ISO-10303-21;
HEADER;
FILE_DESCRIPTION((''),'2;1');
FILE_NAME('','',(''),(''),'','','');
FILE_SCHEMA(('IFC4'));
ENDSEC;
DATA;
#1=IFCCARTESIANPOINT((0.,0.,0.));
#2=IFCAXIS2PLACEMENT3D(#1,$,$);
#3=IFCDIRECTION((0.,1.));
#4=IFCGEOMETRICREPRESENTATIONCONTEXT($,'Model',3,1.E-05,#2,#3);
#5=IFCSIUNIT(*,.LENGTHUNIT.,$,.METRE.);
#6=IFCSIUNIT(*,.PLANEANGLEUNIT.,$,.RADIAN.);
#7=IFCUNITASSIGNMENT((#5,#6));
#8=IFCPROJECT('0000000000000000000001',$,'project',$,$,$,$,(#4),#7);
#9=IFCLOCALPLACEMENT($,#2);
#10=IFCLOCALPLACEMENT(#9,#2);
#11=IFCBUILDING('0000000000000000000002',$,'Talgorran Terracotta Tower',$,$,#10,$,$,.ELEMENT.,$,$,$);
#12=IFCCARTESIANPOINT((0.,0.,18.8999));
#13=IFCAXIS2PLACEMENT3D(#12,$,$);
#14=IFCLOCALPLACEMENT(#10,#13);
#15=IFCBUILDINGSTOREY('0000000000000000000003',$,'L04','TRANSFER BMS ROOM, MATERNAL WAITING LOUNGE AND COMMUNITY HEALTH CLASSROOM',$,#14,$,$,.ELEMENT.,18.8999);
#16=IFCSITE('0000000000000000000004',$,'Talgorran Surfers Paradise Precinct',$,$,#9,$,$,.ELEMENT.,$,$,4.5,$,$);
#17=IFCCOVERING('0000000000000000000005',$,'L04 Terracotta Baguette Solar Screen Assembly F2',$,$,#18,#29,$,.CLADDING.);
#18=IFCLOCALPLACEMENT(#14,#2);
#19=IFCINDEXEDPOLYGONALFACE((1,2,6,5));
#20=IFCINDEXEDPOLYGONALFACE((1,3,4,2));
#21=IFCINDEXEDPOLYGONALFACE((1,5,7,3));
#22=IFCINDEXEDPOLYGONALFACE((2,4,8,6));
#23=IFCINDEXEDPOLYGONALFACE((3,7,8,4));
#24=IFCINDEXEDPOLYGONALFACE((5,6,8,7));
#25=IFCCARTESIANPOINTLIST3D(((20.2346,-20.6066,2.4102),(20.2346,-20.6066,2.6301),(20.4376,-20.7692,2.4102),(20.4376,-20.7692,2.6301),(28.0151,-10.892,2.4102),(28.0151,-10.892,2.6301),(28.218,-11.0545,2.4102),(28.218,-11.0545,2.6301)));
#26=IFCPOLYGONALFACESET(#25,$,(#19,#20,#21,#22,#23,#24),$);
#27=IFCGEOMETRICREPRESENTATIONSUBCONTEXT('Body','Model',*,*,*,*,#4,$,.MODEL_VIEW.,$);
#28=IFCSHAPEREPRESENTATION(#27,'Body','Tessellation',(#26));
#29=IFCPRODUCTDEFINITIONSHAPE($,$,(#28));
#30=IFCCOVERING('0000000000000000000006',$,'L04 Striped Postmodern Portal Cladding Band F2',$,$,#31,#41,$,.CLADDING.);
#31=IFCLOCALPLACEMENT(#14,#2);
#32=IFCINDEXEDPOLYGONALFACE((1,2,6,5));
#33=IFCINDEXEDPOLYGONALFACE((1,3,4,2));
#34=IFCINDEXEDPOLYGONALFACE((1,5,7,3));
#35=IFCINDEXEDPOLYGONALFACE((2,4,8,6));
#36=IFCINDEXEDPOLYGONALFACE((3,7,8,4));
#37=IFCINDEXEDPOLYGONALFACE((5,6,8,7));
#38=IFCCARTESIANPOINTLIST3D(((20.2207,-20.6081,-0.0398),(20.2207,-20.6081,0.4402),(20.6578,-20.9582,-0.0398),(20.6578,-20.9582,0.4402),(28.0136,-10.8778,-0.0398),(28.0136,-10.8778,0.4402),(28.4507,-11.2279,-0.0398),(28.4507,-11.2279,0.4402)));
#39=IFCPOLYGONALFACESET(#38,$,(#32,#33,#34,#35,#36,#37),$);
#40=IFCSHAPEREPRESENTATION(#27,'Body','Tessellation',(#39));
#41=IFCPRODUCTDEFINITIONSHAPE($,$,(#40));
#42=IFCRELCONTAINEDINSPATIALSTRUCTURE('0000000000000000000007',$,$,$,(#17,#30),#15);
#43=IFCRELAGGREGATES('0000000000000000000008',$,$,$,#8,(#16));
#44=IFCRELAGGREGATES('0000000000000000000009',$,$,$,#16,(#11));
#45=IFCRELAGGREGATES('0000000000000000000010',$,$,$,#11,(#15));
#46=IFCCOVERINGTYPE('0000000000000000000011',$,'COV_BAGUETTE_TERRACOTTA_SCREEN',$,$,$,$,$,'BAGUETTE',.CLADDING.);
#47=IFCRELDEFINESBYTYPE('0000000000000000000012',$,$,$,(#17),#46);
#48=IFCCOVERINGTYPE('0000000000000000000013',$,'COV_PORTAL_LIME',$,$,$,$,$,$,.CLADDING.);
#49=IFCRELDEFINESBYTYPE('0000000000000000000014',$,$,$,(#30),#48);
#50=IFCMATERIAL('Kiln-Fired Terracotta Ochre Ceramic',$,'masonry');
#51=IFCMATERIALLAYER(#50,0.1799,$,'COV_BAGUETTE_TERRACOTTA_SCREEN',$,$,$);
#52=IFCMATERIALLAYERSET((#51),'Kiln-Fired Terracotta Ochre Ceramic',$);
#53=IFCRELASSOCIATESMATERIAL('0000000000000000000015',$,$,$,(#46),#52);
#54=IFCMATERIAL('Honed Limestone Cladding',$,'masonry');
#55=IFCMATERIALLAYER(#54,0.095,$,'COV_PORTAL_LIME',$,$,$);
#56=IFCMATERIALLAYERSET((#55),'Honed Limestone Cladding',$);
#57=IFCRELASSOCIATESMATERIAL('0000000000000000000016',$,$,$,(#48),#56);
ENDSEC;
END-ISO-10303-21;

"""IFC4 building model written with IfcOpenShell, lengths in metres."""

from ifc_helpers import new_model, si_unit, direction, frame, origin, origin_2d, place, context, subcontext, project, spatial, rectangle, extrude, material, layer, layer_set, type_object, element, save


model = new_model("IFC4")

# Units and contexts
model_context = context("Model", 3, precision=1e-05, world=origin(), true_north=direction((0.0, 1.0)))
body_context = subcontext(model_context, "Body", "Model", "MODEL_VIEW")
ifc_project = project(units=[si_unit("LENGTHUNIT", "METRE"), si_unit("PLANEANGLEUNIT", "RADIAN")], contexts=[model_context])

# Site, building, storey
site_placement = place(None, origin())
site = spatial("IfcSite", under=ifc_project, at=site_placement, Name="Talgorran Surfers Paradise Precinct", CompositionType="ELEMENT", RefElevation=4.5)
building_placement = place(site_placement, origin())
building = spatial("IfcBuilding", under=site, at=building_placement, Name="Talgorran Terracotta Tower", CompositionType="ELEMENT")
storey_placement = place(building_placement, frame((0.0, 0.0, 18.8999)))
storey = spatial("IfcBuildingStorey", under=building, at=storey_placement, Name="L04", Description="TRANSFER BMS ROOM, MATERNAL WAITING LOUNGE AND COMMUNITY HEALTH CLASSROOM", CompositionType="ELEMENT", Elevation=18.8999)

# Coverings
ifc_material_1 = material(Name="Kiln-Fired Terracotta Ochre Ceramic", Category="masonry")
ifc_layer_1 = layer(ifc_material_1, 0.1799, Name="COV_BAGUETTE_TERRACOTTA_SCREEN")
ifc_layer_set_1 = layer_set([ifc_layer_1], Name="Kiln-Fired Terracotta Ochre Ceramic")
covering_type_1 = type_object("IfcCoveringType", Name="COV_BAGUETTE_TERRACOTTA_SCREEN", ElementType="BAGUETTE", PredefinedType="CLADDING", material=ifc_layer_set_1)
covering_1_placement = place(storey_placement, frame((24.2263, -15.8306, 2.4102), z_axis=(0.0, 0.0, 1.0), x_axis=(0.62512, 0.780529, 0.0)))
element("IfcCovering", 1, at=covering_1_placement, inside=storey, type_object=covering_type_1, Name="L04 Terracotta Baguette Solar Screen Assembly F2", PredefinedType="CLADDING", context=body_context, shape_type="SweptSolid", body=[
    extrude(rectangle(XDim=12.4463, YDim=0.26, at=origin_2d()), origin(), (0.0, 0.0, 1.0), 0.22),
])
ifc_material_2 = material(Name="Honed Limestone Cladding", Category="masonry")
ifc_layer_2 = layer(ifc_material_2, 0.095, Name="COV_PORTAL_LIME")
ifc_layer_set_2 = layer_set([ifc_layer_2], Name="Honed Limestone Cladding")
covering_type_2 = type_object("IfcCoveringType", Name="COV_PORTAL_LIME", PredefinedType="CLADDING", material=ifc_layer_set_2)
covering_2_placement = place(storey_placement, frame((24.3357, -15.918, -0.0398), z_axis=(0.0, 0.0, 1.0), x_axis=(0.62512, 0.780529, 0.0)))
element("IfcCovering", 2, at=covering_2_placement, inside=storey, type_object=covering_type_2, Name="L04 Striped Postmodern Portal Cladding Band F2", PredefinedType="CLADDING", context=body_context, shape_type="SweptSolid", body=[
    extrude(rectangle(XDim=12.4663, YDim=0.5601, at=origin_2d()), origin(), (0.0, 0.0, 1.0), 0.48),
])

save(model, "model.ifc")
